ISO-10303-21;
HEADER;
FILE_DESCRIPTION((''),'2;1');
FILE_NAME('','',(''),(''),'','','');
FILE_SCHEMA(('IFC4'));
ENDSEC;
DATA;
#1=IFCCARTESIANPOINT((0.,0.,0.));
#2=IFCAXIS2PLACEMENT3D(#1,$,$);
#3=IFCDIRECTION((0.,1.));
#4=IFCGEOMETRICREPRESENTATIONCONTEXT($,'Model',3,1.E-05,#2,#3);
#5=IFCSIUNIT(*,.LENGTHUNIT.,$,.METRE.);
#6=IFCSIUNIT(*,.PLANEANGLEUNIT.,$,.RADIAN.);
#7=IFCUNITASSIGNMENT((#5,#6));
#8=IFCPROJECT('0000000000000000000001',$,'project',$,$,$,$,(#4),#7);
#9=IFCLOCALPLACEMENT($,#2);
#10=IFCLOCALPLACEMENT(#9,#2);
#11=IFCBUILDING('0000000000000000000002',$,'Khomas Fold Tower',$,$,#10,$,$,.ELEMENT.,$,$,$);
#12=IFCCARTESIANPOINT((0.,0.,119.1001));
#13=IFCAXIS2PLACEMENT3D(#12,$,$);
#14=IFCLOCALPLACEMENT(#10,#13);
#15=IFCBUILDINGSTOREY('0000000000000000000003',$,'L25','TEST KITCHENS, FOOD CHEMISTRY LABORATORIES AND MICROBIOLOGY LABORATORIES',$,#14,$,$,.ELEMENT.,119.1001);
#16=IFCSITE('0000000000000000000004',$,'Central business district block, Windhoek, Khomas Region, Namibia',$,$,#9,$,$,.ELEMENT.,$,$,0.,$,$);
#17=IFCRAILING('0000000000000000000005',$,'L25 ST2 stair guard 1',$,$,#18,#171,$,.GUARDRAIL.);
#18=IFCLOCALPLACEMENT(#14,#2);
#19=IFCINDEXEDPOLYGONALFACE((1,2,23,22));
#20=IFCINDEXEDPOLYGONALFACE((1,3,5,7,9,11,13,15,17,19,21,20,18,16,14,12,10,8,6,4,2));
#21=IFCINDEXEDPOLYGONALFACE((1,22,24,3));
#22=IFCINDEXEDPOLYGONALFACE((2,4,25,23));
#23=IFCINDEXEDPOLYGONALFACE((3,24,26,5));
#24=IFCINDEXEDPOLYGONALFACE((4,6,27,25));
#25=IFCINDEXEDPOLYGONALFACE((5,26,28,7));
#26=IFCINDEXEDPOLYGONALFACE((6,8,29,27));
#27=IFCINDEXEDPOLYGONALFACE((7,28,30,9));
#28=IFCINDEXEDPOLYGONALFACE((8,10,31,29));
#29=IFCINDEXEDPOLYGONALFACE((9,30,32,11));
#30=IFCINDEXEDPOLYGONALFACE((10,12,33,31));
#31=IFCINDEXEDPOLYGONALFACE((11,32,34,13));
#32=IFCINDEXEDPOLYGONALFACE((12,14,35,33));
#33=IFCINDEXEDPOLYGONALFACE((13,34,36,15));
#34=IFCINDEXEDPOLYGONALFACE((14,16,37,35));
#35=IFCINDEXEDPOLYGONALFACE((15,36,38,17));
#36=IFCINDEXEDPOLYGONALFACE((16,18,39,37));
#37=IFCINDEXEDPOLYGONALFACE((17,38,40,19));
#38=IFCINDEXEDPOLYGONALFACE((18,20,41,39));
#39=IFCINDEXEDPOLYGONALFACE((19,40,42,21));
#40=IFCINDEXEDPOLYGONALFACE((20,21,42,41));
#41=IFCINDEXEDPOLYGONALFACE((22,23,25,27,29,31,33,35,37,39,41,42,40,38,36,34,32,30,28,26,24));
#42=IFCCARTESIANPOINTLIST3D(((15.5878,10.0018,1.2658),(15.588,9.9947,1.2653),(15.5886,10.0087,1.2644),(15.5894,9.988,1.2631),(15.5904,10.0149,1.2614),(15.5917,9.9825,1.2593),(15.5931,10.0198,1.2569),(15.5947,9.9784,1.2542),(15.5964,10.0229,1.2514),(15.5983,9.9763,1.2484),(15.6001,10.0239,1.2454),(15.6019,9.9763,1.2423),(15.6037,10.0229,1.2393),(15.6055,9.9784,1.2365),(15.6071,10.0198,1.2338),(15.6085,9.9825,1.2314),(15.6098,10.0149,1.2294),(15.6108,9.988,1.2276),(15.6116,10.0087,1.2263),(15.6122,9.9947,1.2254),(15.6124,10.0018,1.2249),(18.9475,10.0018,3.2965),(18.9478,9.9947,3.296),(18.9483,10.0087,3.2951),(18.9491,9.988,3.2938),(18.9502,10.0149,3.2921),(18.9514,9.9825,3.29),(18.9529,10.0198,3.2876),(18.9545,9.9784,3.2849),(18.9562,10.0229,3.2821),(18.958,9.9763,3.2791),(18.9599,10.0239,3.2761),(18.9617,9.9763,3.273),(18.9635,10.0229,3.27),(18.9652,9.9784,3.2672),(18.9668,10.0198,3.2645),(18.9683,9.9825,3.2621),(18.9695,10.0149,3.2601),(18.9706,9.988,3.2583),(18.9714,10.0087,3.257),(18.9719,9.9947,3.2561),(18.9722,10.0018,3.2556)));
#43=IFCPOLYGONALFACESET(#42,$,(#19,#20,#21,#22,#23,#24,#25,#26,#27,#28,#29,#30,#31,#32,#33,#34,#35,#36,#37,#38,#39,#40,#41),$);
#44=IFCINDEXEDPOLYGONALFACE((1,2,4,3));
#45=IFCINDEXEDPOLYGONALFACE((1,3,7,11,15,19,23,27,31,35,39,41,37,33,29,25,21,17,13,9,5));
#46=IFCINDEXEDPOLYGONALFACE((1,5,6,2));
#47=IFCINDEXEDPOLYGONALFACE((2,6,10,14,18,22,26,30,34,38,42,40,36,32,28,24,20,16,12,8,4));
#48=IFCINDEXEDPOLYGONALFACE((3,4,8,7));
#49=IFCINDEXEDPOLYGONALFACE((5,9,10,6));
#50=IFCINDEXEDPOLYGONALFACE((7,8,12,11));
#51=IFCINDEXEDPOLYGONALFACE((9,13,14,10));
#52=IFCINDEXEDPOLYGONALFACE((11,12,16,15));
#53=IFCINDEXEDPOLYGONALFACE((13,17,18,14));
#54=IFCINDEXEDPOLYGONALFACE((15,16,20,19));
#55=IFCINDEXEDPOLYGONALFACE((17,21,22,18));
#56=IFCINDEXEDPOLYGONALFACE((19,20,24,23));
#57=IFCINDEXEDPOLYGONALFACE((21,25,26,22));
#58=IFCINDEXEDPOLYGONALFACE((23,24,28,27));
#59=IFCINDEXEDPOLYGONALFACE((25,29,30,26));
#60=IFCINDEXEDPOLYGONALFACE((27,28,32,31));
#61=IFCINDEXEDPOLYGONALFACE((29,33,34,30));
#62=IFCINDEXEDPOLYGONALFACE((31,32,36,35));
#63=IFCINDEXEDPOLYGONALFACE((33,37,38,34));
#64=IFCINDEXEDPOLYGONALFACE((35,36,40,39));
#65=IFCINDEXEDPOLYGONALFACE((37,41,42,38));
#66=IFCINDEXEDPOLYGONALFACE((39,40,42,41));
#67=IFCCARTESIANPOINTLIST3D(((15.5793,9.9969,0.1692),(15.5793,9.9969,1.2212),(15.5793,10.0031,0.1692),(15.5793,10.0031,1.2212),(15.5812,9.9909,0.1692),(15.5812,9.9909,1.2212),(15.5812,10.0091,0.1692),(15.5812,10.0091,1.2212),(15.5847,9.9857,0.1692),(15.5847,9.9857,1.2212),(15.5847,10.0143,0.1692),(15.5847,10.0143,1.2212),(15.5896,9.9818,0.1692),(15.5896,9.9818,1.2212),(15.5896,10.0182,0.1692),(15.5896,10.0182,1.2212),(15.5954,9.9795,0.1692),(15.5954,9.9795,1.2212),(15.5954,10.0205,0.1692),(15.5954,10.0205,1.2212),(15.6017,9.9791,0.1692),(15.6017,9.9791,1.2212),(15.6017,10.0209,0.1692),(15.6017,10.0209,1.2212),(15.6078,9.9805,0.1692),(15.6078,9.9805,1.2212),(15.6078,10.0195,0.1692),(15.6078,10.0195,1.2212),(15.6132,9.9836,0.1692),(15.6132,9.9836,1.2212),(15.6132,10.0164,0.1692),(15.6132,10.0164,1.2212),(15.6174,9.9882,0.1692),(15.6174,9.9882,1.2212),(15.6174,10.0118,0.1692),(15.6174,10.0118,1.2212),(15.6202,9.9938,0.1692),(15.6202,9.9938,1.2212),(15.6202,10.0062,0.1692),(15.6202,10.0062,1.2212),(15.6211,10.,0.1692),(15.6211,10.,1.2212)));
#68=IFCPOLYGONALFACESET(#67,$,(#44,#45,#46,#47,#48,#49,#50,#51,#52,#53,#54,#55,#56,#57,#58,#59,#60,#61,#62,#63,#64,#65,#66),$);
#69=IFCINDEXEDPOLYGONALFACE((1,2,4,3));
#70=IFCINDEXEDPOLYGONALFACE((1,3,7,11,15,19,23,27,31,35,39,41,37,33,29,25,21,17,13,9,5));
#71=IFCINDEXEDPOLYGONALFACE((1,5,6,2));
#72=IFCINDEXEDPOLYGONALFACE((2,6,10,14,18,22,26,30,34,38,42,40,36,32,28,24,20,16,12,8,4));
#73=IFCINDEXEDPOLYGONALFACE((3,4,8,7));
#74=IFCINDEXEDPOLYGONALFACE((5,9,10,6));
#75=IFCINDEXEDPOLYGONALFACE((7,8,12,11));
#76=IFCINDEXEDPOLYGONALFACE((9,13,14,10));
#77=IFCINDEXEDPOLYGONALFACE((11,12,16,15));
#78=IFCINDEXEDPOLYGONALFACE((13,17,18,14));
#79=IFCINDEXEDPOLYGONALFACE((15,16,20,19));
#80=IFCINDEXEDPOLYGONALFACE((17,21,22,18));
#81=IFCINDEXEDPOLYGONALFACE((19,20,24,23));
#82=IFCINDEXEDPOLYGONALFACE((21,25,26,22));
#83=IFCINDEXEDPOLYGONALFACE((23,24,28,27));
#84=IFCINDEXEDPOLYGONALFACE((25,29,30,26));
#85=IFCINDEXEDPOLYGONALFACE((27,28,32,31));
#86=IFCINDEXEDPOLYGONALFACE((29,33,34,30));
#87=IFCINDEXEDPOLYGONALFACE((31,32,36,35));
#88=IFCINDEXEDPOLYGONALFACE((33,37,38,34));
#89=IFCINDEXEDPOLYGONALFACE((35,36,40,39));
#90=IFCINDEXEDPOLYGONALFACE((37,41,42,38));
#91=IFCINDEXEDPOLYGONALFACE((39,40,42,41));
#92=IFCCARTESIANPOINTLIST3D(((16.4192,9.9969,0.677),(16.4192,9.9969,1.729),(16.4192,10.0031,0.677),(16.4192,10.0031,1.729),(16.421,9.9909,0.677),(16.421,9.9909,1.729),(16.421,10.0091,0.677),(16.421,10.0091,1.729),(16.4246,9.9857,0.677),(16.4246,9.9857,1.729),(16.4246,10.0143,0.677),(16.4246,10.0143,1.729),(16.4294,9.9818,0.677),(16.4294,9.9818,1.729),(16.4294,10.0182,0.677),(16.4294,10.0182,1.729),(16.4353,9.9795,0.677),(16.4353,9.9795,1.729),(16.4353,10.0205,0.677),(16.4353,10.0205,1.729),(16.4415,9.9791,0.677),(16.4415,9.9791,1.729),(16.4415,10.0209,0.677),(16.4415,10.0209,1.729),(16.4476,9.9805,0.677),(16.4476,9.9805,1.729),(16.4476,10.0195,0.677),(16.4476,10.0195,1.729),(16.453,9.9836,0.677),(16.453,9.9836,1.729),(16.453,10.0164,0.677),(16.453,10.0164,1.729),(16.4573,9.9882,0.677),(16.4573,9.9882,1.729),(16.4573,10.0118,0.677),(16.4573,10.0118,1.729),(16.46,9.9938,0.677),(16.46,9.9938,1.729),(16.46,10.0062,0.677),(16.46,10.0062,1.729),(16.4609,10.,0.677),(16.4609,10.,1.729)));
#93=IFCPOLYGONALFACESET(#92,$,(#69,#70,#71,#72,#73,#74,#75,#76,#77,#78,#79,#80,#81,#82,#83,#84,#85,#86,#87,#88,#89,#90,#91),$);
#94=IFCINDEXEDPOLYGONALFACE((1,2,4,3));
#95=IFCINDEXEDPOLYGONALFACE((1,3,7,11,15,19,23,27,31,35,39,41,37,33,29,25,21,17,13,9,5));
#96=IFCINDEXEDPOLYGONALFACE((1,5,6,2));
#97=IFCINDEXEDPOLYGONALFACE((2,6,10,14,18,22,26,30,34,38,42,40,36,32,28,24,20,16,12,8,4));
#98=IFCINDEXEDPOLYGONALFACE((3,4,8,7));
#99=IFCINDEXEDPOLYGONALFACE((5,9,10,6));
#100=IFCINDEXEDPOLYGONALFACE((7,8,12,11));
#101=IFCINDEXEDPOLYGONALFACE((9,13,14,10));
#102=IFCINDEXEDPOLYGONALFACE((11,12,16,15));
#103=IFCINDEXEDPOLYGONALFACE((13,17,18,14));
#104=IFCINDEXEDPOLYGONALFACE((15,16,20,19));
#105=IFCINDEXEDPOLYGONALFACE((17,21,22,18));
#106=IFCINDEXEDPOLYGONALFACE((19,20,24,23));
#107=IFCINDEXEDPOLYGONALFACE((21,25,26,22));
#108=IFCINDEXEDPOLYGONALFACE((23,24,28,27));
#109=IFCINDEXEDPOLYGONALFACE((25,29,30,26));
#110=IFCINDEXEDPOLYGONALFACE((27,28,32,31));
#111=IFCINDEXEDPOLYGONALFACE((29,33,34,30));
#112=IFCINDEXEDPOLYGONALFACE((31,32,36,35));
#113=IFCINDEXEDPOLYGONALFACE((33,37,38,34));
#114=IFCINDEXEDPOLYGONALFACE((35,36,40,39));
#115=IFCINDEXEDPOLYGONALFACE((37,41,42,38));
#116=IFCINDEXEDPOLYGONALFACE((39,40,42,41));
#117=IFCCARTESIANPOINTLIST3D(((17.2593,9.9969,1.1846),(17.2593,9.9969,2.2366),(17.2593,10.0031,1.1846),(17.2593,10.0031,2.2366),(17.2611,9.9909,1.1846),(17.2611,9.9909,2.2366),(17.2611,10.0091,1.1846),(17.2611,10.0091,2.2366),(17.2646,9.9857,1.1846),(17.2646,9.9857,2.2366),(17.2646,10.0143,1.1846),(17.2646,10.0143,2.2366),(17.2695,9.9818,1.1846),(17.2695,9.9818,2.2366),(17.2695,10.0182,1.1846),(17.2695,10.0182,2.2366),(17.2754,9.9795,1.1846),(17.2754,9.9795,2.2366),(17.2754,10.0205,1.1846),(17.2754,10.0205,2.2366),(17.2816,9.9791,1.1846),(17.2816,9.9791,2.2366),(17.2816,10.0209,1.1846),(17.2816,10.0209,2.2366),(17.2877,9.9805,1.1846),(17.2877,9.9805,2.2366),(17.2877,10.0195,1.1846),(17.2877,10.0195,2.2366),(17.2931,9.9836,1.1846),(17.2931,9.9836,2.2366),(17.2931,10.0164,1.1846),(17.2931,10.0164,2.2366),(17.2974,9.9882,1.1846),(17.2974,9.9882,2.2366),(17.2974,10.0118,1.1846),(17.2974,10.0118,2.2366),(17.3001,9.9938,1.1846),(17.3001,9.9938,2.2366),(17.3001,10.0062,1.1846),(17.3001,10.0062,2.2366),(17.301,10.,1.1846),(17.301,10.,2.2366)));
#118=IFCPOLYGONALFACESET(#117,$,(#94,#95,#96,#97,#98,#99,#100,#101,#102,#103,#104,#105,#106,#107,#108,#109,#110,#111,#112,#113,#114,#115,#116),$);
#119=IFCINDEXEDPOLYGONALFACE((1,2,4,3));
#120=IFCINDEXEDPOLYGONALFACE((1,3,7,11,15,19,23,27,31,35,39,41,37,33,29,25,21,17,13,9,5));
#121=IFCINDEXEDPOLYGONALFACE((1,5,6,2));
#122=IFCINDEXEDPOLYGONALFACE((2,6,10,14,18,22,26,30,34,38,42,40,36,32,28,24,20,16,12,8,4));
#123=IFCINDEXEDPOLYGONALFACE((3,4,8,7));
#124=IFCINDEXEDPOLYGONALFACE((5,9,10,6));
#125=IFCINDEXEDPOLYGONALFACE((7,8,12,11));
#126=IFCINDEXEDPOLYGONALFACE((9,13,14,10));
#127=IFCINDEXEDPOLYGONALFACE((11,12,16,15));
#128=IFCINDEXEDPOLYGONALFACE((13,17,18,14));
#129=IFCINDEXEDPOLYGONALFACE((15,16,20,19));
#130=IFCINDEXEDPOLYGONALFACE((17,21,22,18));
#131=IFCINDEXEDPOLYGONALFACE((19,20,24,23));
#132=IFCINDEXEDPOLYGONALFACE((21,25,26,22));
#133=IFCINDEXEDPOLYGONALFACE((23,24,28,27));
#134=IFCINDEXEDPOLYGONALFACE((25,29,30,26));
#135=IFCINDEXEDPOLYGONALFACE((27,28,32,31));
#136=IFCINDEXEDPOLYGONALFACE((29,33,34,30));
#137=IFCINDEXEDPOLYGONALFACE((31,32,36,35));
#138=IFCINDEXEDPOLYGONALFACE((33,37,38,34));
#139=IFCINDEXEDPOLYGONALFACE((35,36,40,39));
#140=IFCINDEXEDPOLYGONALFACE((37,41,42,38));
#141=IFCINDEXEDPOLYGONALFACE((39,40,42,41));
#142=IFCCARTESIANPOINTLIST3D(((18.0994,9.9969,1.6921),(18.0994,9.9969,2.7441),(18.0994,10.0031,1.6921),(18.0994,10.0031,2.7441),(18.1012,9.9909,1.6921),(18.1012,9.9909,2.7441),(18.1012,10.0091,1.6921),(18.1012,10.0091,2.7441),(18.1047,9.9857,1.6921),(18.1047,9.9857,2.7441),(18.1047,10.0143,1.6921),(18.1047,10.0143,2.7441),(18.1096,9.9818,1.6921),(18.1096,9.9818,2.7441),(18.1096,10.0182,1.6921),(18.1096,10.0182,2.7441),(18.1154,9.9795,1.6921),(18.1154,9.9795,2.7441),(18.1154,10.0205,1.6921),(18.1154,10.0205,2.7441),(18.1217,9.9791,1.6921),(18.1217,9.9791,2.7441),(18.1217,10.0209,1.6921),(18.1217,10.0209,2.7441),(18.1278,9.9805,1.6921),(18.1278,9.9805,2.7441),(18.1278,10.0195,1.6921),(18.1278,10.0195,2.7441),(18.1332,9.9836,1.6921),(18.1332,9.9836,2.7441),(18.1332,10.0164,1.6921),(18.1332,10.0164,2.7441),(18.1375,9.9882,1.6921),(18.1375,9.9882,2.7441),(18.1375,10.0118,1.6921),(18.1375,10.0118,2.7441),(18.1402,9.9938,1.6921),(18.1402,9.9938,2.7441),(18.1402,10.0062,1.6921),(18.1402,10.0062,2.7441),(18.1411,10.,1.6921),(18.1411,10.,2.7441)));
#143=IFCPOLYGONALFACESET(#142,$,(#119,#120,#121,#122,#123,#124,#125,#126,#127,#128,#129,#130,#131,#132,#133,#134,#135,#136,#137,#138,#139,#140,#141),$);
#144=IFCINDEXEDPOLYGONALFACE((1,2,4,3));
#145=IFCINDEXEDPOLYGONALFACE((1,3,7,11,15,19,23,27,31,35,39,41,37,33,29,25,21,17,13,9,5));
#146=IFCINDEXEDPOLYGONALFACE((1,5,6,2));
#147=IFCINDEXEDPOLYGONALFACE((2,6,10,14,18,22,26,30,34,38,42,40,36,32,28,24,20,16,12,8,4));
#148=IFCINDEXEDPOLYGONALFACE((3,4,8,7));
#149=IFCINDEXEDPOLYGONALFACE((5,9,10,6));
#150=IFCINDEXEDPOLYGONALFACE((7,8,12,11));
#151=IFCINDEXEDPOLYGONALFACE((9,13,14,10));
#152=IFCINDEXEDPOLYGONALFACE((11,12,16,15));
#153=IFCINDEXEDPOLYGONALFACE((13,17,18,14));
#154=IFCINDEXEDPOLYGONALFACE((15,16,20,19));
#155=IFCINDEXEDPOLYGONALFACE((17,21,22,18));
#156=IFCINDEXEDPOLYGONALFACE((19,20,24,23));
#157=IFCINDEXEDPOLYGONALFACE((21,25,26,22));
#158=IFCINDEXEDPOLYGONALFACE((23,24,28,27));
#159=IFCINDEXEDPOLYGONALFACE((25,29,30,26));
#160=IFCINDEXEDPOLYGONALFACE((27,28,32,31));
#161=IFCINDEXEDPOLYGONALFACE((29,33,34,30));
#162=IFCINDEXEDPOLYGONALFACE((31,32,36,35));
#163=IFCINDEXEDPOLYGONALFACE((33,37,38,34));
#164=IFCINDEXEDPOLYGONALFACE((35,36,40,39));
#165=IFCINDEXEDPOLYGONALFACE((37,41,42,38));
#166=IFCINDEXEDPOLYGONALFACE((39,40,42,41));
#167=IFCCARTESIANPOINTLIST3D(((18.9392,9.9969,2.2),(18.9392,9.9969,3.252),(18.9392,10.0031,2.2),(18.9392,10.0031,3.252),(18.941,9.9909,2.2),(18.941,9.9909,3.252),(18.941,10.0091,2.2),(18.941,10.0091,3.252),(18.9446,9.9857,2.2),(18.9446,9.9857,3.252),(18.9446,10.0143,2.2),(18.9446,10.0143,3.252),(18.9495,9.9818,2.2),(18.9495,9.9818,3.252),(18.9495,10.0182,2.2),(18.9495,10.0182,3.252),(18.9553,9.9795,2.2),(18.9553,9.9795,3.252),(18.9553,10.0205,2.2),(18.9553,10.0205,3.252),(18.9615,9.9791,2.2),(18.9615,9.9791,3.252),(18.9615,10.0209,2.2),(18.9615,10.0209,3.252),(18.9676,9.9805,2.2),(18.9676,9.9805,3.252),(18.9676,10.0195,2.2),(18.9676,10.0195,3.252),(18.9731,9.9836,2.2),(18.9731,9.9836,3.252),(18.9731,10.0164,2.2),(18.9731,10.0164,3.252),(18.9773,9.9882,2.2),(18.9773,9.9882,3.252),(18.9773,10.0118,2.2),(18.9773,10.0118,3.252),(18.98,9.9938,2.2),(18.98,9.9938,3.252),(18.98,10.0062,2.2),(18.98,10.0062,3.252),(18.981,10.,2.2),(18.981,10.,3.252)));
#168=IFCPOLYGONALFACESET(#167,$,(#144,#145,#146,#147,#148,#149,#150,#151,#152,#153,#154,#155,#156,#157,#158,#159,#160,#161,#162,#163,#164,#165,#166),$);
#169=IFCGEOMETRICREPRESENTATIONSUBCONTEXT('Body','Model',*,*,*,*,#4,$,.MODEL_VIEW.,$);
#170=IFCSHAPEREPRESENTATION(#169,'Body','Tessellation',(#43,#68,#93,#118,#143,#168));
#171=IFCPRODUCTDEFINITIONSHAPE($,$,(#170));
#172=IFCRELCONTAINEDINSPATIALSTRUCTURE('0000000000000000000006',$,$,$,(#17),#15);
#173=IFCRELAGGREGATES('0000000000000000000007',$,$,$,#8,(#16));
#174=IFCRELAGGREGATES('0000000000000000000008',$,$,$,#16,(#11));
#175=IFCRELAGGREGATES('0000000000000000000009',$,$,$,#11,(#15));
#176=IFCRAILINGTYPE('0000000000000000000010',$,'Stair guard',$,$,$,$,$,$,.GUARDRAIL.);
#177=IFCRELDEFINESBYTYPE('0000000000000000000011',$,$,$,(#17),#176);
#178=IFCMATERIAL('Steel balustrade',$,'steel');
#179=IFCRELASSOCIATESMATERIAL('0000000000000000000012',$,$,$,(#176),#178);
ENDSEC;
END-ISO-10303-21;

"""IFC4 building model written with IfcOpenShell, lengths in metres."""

from ifc_helpers import new_model, si_unit, direction, frame, origin, origin_2d, place, context, subcontext, project, spatial, circle, extrude, source, transform, mapped, material, type_object, element, save


model = new_model("IFC4")

# Units and contexts
model_context = context("Model", 3, precision=1e-05, world=origin(), true_north=direction((0.0, 1.0)))
body_context = subcontext(model_context, "Body", "Model", "MODEL_VIEW")
ifc_project = project(units=[si_unit("LENGTHUNIT", "METRE"), si_unit("PLANEANGLEUNIT", "RADIAN")], contexts=[model_context])

# Site, building, storey
site_placement = place(None, origin())
site = spatial("IfcSite", under=ifc_project, at=site_placement, Name="Central business district block, Windhoek, Khomas Region, Namibia", CompositionType="ELEMENT", RefElevation=0.0)
building_placement = place(site_placement, origin())
building = spatial("IfcBuilding", under=site, at=building_placement, Name="Khomas Fold Tower", CompositionType="ELEMENT")
storey_placement = place(building_placement, frame((0.0, 0.0, 119.1001)))
storey = spatial("IfcBuildingStorey", under=building, at=storey_placement, Name="L25", Description="TEST KITCHENS, FOOD CHEMISTRY LABORATORIES AND MICROBIOLOGY LABORATORIES", CompositionType="ELEMENT", Elevation=119.1001)

# Railing
ifc_material_1 = material(Name="Steel balustrade", Category="steel")
railing_type_1 = type_object("IfcRailingType", Name="Stair guard", PredefinedType="GUARDRAIL", material=ifc_material_1)
shared_shape_1 = source(origin(), body_context, "Body", "SweptSolid", [
    extrude(circle(Radius=0.0239, at=origin_2d()), frame((0.0, 0.0, 1.0762), z_axis=(0.85582, 0.0, 0.517273), x_axis=(0.0, 1.0, 0.0)), (0.0, 0.0, 1.0), 3.9258),
    extrude(circle(Radius=0.021, at=origin_2d()), origin(), (0.0, 0.0, 1.0), 1.052),
    extrude(circle(Radius=0.021, at=origin_2d()), frame((0.8398, 0.0, 0.5078)), (0.0, 0.0, 1.0), 1.052),
    extrude(circle(Radius=0.021, at=origin_2d()), frame((1.6799, 0.0, 1.0154)), (0.0, 0.0, 1.0), 1.052),
    extrude(circle(Radius=0.021, at=origin_2d()), frame((2.52, 0.0, 1.5229)), (0.0, 0.0, 1.0), 1.052),
    extrude(circle(Radius=0.021, at=origin_2d()), frame((3.3599, 0.0, 2.0308)), (0.0, 0.0, 1.0), 1.052),
])
railing_1_placement = place(storey_placement, frame((15.6001, 10.0, 0.1692)))
element("IfcRailing", 1, at=railing_1_placement, inside=storey, type_object=railing_type_1, Name="L25 ST2 stair guard 1", PredefinedType="GUARDRAIL", context=body_context, shape_type="MappedRepresentation", body=[
    mapped(shared_shape_1, transform((0.0, 0.0, 0.0))),
])

save(model, "model.ifc")
